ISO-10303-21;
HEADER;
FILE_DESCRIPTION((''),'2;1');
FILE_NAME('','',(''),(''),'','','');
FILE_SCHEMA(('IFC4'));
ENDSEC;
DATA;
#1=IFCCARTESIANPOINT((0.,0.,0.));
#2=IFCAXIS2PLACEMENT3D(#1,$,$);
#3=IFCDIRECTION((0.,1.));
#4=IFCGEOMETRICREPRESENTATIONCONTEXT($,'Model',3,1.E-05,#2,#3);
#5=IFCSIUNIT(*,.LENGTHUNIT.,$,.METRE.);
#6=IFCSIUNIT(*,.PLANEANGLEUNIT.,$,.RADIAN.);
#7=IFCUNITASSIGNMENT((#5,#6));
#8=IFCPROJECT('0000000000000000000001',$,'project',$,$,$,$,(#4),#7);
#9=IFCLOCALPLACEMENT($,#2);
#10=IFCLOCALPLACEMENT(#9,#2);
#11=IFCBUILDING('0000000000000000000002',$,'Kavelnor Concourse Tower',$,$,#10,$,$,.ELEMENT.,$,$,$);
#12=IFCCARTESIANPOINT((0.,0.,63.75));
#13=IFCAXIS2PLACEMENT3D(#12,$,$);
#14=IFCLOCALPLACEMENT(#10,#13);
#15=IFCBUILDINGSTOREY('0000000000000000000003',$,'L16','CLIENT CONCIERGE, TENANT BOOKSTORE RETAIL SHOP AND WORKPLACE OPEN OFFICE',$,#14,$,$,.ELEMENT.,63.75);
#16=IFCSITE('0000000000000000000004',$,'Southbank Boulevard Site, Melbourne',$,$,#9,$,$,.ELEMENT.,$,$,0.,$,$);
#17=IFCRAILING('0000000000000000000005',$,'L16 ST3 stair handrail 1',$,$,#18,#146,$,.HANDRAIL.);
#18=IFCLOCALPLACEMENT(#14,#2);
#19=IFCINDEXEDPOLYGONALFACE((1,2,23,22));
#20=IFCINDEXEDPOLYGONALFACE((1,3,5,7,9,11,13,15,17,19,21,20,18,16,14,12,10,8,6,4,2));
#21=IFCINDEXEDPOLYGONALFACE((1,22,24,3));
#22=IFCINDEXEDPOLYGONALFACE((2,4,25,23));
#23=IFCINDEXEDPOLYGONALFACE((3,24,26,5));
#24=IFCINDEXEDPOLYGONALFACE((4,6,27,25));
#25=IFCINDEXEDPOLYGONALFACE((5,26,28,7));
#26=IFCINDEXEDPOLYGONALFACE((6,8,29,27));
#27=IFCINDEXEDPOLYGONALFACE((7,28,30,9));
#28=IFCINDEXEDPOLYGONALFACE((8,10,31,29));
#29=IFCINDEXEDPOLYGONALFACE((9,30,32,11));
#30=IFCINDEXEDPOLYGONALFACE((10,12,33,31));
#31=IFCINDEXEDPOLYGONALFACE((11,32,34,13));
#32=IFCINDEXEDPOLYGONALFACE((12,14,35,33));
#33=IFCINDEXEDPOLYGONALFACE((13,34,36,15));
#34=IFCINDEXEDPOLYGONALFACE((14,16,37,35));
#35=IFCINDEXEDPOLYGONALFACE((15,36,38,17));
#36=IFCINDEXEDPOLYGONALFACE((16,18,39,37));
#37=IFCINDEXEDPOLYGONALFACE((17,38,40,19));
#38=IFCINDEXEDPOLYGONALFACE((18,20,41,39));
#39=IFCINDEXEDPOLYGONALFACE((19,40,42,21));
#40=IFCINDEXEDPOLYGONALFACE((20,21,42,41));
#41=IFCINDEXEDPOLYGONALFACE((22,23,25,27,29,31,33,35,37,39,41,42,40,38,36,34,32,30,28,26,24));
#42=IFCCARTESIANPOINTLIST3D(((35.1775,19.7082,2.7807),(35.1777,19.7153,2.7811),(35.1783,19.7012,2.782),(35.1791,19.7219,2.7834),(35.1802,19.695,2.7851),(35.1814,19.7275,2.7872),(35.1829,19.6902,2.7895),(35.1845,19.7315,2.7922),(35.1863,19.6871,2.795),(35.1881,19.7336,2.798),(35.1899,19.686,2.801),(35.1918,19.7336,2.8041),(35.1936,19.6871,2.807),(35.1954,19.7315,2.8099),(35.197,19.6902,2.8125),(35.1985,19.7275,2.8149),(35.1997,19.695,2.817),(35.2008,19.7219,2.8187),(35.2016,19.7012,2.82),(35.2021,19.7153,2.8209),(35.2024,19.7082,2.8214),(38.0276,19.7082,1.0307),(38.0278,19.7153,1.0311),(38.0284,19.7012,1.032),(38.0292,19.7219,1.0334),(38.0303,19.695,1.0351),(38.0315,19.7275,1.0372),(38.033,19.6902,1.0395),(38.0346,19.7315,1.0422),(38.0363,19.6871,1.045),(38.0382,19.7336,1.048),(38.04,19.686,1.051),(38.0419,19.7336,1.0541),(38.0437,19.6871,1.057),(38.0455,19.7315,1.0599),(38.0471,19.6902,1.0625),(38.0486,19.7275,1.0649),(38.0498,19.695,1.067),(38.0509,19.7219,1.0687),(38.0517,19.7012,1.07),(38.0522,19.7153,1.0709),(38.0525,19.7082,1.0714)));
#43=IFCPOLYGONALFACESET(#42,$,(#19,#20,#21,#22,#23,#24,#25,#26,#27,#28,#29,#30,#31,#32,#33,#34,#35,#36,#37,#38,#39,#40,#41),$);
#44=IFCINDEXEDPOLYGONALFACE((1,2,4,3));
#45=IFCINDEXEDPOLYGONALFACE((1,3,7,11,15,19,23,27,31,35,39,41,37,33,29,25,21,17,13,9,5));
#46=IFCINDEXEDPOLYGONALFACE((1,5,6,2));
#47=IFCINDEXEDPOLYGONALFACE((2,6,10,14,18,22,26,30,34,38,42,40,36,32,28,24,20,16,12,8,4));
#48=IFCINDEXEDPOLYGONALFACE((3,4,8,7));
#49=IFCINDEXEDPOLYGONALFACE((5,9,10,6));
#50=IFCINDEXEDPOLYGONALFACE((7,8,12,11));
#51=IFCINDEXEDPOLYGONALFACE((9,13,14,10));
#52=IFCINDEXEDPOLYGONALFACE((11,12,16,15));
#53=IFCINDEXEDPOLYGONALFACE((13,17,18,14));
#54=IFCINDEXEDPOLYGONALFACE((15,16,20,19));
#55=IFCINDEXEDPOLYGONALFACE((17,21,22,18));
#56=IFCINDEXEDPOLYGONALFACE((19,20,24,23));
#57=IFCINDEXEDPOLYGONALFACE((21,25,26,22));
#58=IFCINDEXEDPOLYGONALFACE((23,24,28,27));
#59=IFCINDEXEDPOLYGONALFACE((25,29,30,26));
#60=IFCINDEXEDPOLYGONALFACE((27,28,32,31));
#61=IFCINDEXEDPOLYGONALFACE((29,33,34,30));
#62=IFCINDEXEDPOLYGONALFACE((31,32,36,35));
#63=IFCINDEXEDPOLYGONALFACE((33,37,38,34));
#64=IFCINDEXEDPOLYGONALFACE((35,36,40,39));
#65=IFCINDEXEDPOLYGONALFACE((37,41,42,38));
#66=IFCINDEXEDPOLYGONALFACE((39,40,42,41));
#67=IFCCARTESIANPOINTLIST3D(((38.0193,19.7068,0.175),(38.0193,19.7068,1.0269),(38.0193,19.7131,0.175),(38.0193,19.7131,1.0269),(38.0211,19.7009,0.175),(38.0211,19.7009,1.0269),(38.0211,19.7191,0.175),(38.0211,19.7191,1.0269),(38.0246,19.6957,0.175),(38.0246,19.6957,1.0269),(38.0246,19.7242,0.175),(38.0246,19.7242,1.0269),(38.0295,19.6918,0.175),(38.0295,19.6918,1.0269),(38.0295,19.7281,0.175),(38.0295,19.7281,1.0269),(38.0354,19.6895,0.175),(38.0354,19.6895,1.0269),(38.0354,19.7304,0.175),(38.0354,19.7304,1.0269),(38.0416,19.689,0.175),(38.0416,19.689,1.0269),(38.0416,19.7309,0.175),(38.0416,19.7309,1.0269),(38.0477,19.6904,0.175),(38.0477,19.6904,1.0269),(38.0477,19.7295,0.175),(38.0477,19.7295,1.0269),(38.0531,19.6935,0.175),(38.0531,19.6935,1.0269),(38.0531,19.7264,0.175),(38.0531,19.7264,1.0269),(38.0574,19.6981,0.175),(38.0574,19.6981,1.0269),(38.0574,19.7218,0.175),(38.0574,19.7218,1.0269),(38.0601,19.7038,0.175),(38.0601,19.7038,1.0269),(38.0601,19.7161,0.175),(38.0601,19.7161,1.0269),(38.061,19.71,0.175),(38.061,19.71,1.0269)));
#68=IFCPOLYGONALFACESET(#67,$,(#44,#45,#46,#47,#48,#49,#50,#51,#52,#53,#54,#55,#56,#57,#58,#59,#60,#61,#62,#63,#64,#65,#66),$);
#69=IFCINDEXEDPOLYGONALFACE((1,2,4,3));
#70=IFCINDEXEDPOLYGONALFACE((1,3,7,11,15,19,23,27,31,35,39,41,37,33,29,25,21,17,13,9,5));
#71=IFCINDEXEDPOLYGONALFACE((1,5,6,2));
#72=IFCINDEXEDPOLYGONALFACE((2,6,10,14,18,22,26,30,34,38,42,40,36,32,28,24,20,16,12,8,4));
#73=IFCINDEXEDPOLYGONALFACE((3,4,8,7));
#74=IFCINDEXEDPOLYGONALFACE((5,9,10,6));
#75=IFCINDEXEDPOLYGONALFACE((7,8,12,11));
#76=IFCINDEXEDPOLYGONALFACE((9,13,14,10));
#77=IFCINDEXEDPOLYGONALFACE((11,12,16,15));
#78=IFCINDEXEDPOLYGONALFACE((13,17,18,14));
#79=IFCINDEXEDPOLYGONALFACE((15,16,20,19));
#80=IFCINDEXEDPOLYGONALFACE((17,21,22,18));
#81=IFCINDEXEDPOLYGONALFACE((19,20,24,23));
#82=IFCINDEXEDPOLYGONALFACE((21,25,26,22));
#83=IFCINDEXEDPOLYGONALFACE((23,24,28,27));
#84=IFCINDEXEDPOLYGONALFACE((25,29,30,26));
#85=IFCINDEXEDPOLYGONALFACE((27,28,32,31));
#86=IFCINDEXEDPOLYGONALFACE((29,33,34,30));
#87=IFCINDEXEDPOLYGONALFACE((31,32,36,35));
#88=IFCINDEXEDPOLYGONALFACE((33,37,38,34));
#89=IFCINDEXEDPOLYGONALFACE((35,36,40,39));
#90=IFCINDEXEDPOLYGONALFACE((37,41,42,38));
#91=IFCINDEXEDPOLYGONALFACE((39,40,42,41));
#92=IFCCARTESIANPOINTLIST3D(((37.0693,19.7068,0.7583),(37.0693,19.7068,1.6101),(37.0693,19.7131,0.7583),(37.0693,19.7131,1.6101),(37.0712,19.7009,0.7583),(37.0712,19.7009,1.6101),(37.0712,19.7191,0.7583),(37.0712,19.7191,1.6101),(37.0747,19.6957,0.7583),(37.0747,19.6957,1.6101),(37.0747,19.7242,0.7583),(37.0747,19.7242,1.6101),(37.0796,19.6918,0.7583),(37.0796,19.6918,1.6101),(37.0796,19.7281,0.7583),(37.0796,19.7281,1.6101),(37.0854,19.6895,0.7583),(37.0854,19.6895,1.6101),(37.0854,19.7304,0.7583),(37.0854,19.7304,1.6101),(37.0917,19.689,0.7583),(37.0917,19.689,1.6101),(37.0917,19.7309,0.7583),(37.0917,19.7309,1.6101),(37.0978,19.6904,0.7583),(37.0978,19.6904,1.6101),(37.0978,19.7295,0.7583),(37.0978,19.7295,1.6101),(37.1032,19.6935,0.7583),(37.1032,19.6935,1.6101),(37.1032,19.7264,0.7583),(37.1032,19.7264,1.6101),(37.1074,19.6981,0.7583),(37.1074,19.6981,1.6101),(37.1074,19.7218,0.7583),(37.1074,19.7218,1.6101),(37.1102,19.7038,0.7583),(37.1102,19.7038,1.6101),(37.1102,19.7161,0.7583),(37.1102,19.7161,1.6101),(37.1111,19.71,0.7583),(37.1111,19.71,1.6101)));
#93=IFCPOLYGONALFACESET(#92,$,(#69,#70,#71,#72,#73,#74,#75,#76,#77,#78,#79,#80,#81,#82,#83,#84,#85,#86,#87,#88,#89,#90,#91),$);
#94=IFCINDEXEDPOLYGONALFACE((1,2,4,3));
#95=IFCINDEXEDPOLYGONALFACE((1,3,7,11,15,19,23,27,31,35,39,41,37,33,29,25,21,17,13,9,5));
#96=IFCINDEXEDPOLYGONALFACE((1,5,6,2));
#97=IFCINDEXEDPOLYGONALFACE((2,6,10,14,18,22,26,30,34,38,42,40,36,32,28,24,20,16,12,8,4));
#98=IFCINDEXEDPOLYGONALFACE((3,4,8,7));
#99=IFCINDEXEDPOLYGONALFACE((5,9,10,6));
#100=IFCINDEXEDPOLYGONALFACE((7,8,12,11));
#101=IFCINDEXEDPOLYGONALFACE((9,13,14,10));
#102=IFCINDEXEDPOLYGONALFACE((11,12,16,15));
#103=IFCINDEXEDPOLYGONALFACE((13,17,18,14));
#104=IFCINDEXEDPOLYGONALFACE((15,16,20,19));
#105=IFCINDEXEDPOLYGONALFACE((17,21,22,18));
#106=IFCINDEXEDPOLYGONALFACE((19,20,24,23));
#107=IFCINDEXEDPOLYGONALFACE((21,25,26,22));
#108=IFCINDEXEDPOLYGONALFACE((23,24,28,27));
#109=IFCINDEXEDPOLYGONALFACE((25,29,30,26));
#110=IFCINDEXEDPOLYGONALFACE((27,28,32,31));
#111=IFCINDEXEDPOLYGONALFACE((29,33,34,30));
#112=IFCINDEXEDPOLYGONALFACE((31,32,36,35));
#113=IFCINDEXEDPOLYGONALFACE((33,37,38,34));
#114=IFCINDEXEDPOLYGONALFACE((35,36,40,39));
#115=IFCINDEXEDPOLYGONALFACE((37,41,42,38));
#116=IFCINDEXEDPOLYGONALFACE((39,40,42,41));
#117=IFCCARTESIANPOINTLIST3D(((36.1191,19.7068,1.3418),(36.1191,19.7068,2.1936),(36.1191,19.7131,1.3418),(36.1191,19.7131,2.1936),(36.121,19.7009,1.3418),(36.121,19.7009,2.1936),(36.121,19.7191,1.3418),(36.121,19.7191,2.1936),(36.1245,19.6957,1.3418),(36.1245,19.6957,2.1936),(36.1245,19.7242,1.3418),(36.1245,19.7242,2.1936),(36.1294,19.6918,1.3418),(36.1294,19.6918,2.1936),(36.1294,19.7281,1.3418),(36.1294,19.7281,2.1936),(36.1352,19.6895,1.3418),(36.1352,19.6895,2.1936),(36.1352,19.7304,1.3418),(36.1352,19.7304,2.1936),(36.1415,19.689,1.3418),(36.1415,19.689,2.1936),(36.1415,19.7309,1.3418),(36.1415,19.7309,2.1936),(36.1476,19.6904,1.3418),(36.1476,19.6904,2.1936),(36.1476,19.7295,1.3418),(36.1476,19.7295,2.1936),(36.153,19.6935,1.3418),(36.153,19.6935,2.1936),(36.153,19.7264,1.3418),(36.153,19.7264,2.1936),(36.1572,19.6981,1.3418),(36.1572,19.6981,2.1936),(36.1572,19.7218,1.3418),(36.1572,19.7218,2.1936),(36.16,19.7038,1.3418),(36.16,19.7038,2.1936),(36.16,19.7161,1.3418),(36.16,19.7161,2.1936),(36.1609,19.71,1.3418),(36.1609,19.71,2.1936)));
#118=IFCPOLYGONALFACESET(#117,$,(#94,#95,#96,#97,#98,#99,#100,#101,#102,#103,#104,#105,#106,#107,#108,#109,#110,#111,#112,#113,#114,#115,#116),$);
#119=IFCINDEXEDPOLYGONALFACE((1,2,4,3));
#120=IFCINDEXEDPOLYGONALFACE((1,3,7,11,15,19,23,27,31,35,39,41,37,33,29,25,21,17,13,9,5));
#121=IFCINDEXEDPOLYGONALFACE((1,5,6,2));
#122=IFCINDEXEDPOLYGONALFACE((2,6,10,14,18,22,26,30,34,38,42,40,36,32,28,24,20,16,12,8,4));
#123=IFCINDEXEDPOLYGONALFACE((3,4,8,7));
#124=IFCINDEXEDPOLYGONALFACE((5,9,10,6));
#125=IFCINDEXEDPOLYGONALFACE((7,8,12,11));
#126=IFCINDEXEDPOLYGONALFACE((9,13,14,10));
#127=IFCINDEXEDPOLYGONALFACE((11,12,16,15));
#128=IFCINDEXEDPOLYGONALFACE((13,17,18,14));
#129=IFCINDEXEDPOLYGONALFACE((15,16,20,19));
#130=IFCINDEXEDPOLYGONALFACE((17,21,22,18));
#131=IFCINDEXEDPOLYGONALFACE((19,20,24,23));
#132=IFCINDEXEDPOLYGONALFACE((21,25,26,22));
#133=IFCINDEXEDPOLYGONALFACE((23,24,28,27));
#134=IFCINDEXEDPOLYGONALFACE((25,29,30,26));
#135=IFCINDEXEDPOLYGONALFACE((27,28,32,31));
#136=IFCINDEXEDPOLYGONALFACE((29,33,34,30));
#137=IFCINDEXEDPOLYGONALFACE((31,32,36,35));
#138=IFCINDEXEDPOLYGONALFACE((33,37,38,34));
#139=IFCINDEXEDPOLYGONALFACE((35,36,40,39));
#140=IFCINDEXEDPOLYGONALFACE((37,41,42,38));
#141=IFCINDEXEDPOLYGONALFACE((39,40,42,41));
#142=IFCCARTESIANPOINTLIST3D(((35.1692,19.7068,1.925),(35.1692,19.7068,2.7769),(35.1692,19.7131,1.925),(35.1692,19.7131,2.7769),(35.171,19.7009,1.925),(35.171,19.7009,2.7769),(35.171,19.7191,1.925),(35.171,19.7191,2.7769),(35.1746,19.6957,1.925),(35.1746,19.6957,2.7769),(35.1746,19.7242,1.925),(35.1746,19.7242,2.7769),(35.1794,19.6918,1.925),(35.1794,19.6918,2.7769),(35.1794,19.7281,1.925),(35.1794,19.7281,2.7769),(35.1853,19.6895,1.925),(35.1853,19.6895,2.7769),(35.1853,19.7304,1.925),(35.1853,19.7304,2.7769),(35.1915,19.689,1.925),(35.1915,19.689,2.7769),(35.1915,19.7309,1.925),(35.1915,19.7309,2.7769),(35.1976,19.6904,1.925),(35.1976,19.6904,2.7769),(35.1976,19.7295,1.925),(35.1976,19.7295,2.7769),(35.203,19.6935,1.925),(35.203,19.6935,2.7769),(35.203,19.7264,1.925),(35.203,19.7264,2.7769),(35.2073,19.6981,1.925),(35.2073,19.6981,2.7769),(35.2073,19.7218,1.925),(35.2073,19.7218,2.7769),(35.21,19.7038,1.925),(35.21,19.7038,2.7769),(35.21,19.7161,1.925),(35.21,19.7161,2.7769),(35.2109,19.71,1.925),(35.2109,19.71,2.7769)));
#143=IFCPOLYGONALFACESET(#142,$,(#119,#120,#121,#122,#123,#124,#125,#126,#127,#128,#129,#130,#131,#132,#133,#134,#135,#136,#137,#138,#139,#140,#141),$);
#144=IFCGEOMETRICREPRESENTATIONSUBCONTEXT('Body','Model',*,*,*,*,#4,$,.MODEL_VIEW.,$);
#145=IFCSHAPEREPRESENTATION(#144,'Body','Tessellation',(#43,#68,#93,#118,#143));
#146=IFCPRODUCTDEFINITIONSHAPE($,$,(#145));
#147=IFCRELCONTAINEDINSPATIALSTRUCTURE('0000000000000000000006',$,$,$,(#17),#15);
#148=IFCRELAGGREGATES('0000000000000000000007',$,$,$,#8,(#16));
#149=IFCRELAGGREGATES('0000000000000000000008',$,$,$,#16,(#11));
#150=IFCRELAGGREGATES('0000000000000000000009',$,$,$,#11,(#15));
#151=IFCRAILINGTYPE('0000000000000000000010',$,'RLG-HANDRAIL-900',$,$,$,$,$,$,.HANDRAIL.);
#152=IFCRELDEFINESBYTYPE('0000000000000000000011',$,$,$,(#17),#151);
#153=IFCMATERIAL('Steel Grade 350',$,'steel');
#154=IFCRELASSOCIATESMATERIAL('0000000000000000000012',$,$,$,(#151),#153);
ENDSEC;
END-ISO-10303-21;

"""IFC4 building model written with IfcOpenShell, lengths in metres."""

from ifc_helpers import new_model, si_unit, direction, frame, origin, origin_2d, place, context, subcontext, project, spatial, circle, extrude, material, type_object, element, save


model = new_model("IFC4")

# Units and contexts
model_context = context("Model", 3, precision=1e-05, world=origin(), true_north=direction((0.0, 1.0)))
body_context = subcontext(model_context, "Body", "Model", "MODEL_VIEW")
ifc_project = project(units=[si_unit("LENGTHUNIT", "METRE"), si_unit("PLANEANGLEUNIT", "RADIAN")], contexts=[model_context])

# Site, building, storey
site_placement = place(None, origin())
site = spatial("IfcSite", under=ifc_project, at=site_placement, Name="Southbank Boulevard Site, Melbourne", CompositionType="ELEMENT", RefElevation=0.0)
building_placement = place(site_placement, origin())
building = spatial("IfcBuilding", under=site, at=building_placement, Name="Kavelnor Concourse Tower", CompositionType="ELEMENT")
storey_placement = place(building_placement, frame((0.0, 0.0, 63.75)))
storey = spatial("IfcBuildingStorey", under=building, at=storey_placement, Name="L16", Description="CLIENT CONCIERGE, TENANT BOOKSTORE RETAIL SHOP AND WORKPLACE OPEN OFFICE", CompositionType="ELEMENT", Elevation=63.75)

# Shared definitions
ifc_material_1 = material(Name="Steel Grade 350", Category="steel")

# Railing
railing_type_1 = type_object("IfcRailingType", Name="RLG-HANDRAIL-900", PredefinedType="HANDRAIL", material=ifc_material_1)
railing_1_placement = place(storey_placement, frame((38.04, 19.71, 0.175)))
element("IfcRailing", 1, at=railing_1_placement, inside=storey, type_object=railing_type_1, Name="L16 ST3 stair handrail 1", PredefinedType="HANDRAIL", context=body_context, shape_type="SweptSolid", body=[
    extrude(circle(Radius=0.0239, at=origin_2d()), frame((0.0, 0.0, 0.876), z_axis=(-0.852179, 0.0, 0.52325), x_axis=(0.0, -1.0, 0.0)), (0.0, 0.0, 1.0), 3.3445),
    extrude(circle(Radius=0.021, at=origin_2d()), origin(), (0.0, 0.0, 1.0), 0.8518),
    extrude(circle(Radius=0.021, at=origin_2d()), frame((-0.95, 0.0, 0.5833)), (0.0, 0.0, 1.0), 0.8518),
    extrude(circle(Radius=0.021, at=origin_2d()), frame((-1.9001, 0.0, 1.1667)), (0.0, 0.0, 1.0), 0.8518),
    extrude(circle(Radius=0.021, at=origin_2d()), frame((-2.8501, 0.0, 1.75)), (0.0, 0.0, 1.0), 0.8518),
])

save(model, "model.ifc")
